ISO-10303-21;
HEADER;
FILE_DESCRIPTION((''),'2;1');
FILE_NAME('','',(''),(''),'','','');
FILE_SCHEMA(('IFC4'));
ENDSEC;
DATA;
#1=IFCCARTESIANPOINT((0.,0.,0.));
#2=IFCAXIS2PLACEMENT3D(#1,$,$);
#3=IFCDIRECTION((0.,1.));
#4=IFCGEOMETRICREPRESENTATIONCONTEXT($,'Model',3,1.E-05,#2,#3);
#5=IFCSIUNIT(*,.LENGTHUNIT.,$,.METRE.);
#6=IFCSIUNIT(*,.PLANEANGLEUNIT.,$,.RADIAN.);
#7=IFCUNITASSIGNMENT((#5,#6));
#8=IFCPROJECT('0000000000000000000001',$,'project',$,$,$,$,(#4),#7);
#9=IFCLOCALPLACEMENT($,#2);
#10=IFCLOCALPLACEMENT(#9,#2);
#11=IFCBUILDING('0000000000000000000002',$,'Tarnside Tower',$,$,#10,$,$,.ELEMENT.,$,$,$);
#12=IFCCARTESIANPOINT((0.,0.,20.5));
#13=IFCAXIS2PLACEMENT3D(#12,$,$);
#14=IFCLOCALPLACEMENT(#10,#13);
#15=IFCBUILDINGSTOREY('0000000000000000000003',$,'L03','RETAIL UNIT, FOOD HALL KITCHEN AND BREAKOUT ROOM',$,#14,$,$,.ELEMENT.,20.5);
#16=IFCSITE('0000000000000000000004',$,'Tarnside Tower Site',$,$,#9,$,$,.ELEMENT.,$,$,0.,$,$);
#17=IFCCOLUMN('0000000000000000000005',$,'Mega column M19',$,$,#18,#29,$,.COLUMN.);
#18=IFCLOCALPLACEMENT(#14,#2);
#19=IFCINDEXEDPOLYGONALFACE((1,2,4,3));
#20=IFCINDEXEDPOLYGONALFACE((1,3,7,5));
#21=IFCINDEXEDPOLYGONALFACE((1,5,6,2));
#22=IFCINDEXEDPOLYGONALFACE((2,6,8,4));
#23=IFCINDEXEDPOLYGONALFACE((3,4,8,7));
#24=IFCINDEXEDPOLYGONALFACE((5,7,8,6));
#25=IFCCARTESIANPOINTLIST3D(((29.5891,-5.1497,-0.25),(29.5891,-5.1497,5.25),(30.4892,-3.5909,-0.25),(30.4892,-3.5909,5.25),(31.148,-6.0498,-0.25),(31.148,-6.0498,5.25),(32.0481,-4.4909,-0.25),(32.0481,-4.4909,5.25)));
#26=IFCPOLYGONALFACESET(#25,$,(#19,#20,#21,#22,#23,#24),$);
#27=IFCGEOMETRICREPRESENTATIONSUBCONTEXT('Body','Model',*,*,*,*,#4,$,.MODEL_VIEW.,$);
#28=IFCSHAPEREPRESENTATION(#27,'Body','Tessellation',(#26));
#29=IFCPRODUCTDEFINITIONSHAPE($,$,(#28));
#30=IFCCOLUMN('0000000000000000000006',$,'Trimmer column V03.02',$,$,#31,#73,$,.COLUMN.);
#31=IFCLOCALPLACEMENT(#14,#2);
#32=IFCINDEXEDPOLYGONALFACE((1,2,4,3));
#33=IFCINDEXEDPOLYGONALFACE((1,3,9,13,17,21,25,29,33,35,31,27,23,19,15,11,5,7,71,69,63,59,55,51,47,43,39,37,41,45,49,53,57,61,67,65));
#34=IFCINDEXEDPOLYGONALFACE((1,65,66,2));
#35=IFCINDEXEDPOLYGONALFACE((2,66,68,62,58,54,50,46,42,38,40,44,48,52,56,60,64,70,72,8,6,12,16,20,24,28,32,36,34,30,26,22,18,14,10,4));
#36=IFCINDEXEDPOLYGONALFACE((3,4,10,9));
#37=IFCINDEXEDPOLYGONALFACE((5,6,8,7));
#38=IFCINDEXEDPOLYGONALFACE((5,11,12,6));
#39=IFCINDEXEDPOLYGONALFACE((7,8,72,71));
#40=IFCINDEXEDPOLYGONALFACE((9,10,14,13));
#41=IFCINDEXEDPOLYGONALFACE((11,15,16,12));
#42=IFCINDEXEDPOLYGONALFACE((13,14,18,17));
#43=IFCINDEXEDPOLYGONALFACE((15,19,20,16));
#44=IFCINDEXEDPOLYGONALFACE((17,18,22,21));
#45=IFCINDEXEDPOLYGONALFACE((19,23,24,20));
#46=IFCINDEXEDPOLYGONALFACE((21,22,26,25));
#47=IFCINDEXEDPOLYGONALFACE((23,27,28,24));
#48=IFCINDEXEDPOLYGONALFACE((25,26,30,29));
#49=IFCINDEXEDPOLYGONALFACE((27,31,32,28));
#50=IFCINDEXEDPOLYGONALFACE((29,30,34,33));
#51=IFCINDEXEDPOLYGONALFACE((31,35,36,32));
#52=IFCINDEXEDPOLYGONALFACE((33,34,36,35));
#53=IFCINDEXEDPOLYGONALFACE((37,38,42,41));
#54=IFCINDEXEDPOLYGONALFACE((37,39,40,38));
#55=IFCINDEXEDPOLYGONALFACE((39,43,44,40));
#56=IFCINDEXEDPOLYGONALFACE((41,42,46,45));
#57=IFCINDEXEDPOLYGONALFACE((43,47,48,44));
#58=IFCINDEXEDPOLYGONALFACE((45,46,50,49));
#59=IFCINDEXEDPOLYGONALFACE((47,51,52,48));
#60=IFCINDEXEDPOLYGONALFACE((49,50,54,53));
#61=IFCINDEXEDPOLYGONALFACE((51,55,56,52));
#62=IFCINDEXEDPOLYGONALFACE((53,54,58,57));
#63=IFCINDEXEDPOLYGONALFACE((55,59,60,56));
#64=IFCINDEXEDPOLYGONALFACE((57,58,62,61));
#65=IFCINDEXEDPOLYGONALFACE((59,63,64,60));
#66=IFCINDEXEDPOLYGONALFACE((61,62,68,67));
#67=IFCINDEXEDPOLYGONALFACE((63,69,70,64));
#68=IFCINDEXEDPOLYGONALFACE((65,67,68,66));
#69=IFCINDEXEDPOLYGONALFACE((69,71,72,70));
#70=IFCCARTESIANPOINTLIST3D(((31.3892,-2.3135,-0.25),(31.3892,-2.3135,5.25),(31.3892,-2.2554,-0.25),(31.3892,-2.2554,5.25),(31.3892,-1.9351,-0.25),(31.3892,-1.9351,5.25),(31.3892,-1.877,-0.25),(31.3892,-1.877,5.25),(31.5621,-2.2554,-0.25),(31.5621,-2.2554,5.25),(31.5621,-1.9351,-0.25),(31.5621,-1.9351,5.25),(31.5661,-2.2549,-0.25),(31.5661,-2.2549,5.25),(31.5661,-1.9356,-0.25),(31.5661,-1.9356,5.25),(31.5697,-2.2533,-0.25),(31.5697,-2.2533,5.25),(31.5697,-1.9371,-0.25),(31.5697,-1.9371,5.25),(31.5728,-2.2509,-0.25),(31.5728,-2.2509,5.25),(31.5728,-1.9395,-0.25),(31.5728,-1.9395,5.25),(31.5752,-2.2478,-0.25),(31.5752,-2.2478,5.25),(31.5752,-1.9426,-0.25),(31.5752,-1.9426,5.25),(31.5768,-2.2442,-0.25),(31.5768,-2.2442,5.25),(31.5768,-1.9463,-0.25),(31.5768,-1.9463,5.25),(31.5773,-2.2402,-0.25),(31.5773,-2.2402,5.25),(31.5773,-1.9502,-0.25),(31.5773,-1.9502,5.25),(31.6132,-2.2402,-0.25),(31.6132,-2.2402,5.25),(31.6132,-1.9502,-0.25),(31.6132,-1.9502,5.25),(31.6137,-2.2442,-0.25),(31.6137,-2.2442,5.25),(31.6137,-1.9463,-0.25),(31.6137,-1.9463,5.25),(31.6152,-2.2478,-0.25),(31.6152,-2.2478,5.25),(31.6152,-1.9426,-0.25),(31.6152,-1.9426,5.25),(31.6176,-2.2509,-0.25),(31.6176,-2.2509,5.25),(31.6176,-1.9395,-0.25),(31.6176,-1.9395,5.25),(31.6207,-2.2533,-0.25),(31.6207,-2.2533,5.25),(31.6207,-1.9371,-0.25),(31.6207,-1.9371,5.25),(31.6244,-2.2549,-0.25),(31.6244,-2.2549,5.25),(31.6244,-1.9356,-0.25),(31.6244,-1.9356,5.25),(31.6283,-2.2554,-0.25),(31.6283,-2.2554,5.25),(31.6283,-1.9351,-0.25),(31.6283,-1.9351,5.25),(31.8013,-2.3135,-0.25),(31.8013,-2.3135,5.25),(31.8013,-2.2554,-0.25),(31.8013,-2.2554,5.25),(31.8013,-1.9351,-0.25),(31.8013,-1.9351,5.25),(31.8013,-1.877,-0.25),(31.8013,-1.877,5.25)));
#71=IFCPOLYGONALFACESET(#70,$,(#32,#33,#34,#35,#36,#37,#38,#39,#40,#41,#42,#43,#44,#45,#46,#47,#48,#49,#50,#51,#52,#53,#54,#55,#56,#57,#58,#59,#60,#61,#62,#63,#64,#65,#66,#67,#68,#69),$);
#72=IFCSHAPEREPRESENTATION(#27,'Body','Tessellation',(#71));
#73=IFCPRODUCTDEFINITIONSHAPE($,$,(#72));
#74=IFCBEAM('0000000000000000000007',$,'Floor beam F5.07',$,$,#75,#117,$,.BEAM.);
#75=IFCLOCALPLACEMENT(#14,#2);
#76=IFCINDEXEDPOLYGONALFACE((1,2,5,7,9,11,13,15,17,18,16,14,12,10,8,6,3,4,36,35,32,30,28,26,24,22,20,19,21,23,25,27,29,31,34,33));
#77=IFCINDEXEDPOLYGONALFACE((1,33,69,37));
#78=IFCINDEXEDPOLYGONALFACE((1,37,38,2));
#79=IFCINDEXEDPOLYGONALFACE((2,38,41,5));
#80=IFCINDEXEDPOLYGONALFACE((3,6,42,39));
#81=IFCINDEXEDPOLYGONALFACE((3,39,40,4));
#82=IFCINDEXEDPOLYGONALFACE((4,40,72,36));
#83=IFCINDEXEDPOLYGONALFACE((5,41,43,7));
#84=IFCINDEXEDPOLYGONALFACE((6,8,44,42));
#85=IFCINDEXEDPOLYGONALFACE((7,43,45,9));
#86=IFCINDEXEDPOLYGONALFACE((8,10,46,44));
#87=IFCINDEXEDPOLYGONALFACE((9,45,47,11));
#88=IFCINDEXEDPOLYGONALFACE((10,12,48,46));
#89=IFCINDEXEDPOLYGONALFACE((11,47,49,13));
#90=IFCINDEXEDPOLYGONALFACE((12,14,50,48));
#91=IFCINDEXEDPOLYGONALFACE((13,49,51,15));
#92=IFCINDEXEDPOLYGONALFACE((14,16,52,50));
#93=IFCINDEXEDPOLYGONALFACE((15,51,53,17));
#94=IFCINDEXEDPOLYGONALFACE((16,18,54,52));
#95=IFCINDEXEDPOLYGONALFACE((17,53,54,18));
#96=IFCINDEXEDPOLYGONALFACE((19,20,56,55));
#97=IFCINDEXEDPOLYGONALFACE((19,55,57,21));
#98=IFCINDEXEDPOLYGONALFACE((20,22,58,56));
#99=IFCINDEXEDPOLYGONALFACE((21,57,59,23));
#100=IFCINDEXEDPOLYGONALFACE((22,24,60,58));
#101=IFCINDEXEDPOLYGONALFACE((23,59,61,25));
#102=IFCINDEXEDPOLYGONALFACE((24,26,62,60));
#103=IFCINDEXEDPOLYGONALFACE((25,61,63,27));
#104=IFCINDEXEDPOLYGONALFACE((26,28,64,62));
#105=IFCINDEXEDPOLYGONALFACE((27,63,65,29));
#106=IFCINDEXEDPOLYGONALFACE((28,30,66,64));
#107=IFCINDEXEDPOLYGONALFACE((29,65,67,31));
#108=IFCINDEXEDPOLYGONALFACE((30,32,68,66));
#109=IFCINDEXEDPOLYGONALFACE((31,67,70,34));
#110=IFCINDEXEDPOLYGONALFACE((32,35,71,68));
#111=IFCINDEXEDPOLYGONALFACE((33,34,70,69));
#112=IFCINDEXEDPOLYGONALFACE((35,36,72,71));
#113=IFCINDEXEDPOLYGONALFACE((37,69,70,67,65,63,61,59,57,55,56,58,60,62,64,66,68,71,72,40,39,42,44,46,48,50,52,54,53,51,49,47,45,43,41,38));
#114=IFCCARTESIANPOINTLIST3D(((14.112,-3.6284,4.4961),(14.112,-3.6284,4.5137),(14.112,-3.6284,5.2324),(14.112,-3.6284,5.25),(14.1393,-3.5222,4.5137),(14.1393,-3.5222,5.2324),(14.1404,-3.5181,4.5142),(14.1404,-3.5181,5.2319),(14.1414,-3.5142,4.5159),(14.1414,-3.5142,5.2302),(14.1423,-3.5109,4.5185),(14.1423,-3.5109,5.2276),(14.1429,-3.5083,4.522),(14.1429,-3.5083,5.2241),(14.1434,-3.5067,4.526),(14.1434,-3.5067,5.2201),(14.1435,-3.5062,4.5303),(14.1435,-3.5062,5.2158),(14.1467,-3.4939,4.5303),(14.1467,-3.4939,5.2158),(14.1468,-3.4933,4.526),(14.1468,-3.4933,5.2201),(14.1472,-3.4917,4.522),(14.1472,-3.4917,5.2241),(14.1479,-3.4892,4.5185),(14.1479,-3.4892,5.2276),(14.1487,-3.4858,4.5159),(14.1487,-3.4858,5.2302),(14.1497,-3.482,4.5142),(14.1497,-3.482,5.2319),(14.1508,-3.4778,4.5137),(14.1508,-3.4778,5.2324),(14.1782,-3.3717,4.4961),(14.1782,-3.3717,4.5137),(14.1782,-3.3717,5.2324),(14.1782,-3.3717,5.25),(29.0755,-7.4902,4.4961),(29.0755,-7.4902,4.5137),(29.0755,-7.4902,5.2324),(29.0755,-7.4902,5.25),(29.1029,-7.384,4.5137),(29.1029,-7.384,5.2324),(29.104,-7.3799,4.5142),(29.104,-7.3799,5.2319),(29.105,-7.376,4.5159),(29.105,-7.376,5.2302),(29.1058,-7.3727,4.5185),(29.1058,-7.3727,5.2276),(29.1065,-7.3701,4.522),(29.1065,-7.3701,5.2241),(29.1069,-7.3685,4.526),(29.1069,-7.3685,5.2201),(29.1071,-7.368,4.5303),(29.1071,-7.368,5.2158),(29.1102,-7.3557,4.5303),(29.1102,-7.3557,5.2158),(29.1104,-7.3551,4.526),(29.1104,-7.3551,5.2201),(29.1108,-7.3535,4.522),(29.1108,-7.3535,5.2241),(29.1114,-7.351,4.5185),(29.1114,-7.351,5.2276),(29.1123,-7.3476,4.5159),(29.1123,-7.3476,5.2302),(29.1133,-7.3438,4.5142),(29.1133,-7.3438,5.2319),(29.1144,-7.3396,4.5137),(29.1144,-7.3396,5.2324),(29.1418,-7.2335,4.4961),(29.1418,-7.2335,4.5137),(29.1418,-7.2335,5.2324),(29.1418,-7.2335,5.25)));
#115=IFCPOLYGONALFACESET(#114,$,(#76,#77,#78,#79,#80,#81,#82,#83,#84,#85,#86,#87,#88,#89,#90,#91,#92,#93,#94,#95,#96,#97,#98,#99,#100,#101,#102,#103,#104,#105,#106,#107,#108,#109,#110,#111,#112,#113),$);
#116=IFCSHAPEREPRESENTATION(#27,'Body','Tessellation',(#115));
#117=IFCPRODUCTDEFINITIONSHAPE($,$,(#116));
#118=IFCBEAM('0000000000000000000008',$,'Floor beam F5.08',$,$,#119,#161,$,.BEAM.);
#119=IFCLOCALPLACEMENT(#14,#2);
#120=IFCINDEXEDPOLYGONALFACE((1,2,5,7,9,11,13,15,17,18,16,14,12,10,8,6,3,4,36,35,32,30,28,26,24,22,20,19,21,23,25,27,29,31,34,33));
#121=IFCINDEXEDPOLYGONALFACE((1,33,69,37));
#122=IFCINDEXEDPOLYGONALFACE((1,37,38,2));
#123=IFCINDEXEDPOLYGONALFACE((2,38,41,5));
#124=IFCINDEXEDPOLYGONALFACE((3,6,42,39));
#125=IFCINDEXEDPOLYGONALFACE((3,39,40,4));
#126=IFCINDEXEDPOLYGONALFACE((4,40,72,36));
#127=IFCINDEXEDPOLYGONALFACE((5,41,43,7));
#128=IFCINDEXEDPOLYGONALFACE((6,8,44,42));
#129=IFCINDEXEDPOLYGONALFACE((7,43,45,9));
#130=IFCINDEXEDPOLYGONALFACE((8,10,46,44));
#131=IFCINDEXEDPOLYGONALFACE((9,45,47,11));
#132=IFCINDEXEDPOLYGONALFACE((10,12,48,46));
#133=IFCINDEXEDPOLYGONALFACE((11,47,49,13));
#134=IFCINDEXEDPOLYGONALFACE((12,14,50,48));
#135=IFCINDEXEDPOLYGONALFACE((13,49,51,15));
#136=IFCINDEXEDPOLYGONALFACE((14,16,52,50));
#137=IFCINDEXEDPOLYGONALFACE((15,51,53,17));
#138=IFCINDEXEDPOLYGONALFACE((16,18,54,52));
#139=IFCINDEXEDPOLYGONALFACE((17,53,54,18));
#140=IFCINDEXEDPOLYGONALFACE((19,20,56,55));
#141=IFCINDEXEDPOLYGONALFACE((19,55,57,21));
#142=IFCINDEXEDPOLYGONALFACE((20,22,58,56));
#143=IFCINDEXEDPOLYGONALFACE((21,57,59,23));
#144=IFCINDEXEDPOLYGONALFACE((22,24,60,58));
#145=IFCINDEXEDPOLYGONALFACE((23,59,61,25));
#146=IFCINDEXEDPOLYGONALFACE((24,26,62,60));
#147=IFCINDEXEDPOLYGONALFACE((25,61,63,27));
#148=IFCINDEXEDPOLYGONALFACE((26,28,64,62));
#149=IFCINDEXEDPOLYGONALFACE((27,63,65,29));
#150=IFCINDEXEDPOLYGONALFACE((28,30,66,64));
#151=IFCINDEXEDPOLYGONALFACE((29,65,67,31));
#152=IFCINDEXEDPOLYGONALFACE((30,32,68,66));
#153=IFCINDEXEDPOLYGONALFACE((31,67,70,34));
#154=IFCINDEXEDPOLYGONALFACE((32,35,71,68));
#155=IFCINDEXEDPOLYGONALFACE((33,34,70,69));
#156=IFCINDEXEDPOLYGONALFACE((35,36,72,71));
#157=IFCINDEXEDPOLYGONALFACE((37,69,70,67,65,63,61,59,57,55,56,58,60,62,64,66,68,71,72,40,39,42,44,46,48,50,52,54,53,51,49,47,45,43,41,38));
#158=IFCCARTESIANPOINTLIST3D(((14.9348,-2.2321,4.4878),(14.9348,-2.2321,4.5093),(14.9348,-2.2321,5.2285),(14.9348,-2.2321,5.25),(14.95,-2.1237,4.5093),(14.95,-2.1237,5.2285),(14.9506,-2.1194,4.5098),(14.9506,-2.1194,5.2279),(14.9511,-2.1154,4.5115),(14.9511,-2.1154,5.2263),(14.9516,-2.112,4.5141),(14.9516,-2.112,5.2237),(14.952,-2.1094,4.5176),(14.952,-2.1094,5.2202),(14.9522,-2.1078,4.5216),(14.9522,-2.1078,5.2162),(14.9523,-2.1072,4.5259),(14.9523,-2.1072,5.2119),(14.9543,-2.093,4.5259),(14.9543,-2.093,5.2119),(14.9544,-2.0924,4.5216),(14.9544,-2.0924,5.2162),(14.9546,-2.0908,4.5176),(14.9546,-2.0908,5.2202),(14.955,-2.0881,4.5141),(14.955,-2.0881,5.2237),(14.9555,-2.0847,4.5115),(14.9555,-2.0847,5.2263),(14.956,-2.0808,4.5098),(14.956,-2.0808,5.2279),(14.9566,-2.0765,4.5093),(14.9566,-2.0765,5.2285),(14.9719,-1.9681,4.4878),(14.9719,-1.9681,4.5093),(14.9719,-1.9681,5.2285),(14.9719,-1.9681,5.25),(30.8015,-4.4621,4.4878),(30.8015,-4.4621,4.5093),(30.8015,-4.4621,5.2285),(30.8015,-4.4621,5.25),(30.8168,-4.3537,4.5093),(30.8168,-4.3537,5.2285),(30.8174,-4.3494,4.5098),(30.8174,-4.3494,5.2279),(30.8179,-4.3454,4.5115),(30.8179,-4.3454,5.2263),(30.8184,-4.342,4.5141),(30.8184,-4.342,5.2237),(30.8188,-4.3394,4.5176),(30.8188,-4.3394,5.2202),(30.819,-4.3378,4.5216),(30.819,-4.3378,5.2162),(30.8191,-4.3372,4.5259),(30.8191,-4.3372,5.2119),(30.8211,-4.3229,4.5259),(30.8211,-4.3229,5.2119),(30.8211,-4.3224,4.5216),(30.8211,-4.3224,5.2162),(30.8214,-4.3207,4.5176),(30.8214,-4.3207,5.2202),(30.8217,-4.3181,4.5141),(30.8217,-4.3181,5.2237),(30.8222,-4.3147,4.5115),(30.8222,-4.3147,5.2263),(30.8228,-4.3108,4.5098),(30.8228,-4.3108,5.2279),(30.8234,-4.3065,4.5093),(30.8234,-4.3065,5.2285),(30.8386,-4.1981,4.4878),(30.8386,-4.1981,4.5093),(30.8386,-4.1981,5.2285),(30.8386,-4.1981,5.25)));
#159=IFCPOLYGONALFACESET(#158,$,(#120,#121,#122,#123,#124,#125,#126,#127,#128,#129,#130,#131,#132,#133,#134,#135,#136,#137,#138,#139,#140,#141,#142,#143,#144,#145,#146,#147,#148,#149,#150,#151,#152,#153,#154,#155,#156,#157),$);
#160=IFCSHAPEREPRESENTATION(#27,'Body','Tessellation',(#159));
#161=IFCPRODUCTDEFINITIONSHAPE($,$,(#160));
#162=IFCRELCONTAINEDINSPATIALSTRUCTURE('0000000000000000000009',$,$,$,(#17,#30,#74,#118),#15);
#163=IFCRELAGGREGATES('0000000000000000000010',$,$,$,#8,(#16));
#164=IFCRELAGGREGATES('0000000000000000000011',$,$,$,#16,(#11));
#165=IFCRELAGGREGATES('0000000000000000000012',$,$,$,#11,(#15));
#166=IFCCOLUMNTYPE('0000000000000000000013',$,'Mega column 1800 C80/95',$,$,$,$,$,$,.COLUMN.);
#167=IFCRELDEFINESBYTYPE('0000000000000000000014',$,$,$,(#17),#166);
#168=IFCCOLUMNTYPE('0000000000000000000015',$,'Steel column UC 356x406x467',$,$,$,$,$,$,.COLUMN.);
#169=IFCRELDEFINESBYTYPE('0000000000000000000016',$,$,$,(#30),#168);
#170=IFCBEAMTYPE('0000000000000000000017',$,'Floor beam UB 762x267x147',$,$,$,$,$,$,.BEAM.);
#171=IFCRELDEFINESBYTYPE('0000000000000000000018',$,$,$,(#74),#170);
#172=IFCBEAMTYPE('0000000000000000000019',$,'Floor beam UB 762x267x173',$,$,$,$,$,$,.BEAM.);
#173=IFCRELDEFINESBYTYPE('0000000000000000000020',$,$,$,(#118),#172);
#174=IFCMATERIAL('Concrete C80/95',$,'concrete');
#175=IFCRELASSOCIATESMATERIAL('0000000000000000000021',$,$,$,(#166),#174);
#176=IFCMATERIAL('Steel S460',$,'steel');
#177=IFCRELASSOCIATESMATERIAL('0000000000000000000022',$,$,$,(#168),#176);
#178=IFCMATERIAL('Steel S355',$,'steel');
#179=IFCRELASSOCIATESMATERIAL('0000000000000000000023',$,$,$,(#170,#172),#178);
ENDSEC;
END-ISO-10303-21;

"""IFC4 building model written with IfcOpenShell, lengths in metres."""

from ifc_helpers import new_model, si_unit, direction, frame, origin, origin_2d, place, context, subcontext, project, spatial, rectangle, i_section, extrude, material, material_profile, profile_set, type_object, element, save


model = new_model("IFC4")

# Units and contexts
model_context = context("Model", 3, precision=1e-05, world=origin(), true_north=direction((0.0, 1.0)))
body_context = subcontext(model_context, "Body", "Model", "MODEL_VIEW")
ifc_project = project(units=[si_unit("LENGTHUNIT", "METRE"), si_unit("PLANEANGLEUNIT", "RADIAN")], contexts=[model_context])

# Site, building, storey
site_placement = place(None, origin())
site = spatial("IfcSite", under=ifc_project, at=site_placement, Name="Tarnside Tower Site", CompositionType="ELEMENT", RefElevation=0.0)
building_placement = place(site_placement, origin())
building = spatial("IfcBuilding", under=site, at=building_placement, Name="Tarnside Tower", CompositionType="ELEMENT")
storey_placement = place(building_placement, frame((0.0, 0.0, 20.5)))
storey = spatial("IfcBuildingStorey", under=building, at=storey_placement, Name="L03", Description="RETAIL UNIT, FOOD HALL KITCHEN AND BREAKOUT ROOM", CompositionType="ELEMENT", Elevation=20.5)

# Columns
ifc_material_1 = material(Name="Concrete C80/95", Category="concrete")
ifc_material_profile_1 = material_profile(ifc_material_1, rectangle(XDim=1.8, YDim=1.8, at=origin_2d()), Name="Mega column 1800x1800")
ifc_profile_set_1 = profile_set([ifc_material_profile_1], Name="Concrete C80/95")
column_type_1 = type_object("IfcColumnType", Name="Mega column 1800 C80/95", PredefinedType="COLUMN", material=ifc_profile_set_1)
column_1_placement = place(storey_placement, frame((30.8186, -4.8203, -0.25), z_axis=(0.0, 0.0, 1.0), x_axis=(-0.5, -0.866025, 0.0)))
element("IfcColumn", 1, at=column_1_placement, inside=storey, type_object=column_type_1, Name="Mega column M19", PredefinedType="COLUMN", context=body_context, shape_type="SweptSolid", body=[
    extrude(rectangle(XDim=1.8, YDim=1.8, at=origin_2d()), origin(), (0.0, 0.0, 1.0), 5.5),
])
ifc_material_2 = material(Name="Steel S460", Category="steel")
ifc_material_profile_2 = material_profile(ifc_material_2, i_section(OverallWidth=0.4121, OverallDepth=0.4365, WebThickness=0.0359, FlangeThickness=0.0581, FilletRadius=0.0151, at=origin_2d()), Name="UC 356x406x467")
ifc_profile_set_2 = profile_set([ifc_material_profile_2], Name="Steel S460")
column_type_2 = type_object("IfcColumnType", Name="Steel column UC 356x406x467", PredefinedType="COLUMN", material=ifc_profile_set_2)
column_2_placement = place(storey_placement, frame((31.5952, -2.0952, -0.25), z_axis=(0.0, 0.0, 1.0), x_axis=(1.0, 0.0, 0.0)))
element("IfcColumn", 2, at=column_2_placement, inside=storey, type_object=column_type_2, Name="Trimmer column V03.02", PredefinedType="COLUMN", context=body_context, shape_type="SweptSolid", body=[
    extrude(i_section(OverallWidth=0.4121, OverallDepth=0.4365, WebThickness=0.0359, FlangeThickness=0.0581, FilletRadius=0.0151, at=origin_2d()), origin(), (0.0, 0.0, 1.0), 5.5),
])

# Beams
ifc_material_3 = material(Name="Steel S355", Category="steel")
ifc_material_profile_3 = material_profile(ifc_material_3, i_section(OverallWidth=0.2651, OverallDepth=0.7539, WebThickness=0.0127, FlangeThickness=0.0176, FilletRadius=0.0166, at=origin_2d()), Name="UB 762x267x147")
ifc_profile_set_3 = profile_set([ifc_material_profile_3], Name="Steel S355")
beam_type_1 = type_object("IfcBeamType", Name="Floor beam UB 762x267x147", PredefinedType="BEAM", material=ifc_profile_set_3)
beam_1_placement = place(storey_placement, frame((29.1086, -7.3618, 4.873), z_axis=(-0.968274, 0.249892, 0.0), x_axis=(-0.249892, -0.968274, 0.0)))
element("IfcBeam", 3, at=beam_1_placement, inside=storey, type_object=beam_type_1, Name="Floor beam F5.07", PredefinedType="BEAM", context=body_context, shape_type="SweptSolid", body=[
    extrude(i_section(OverallWidth=0.2651, OverallDepth=0.7539, WebThickness=0.0127, FlangeThickness=0.0176, FilletRadius=0.0166, at=origin_2d()), origin(), (0.0, 0.0, 1.0), 15.4539),
])
ifc_material_profile_4 = material_profile(ifc_material_3, i_section(OverallWidth=0.2666, OverallDepth=0.7622, WebThickness=0.0144, FlangeThickness=0.0215, FilletRadius=0.0166, at=origin_2d()), Name="UB 762x267x173")
ifc_profile_set_4 = profile_set([ifc_material_profile_4], Name="Steel S355")
beam_type_2 = type_object("IfcBeamType", Name="Floor beam UB 762x267x173", PredefinedType="BEAM", material=ifc_profile_set_4)
beam_2_placement = place(storey_placement, frame((30.8201, -4.3301, 4.8689), z_axis=(-0.990268, 0.139177, 0.0), x_axis=(-0.139177, -0.990268, 0.0)))
element("IfcBeam", 4, at=beam_2_placement, inside=storey, type_object=beam_type_2, Name="Floor beam F5.08", PredefinedType="BEAM", context=body_context, shape_type="SweptSolid", body=[
    extrude(i_section(OverallWidth=0.2666, OverallDepth=0.7622, WebThickness=0.0144, FlangeThickness=0.0215, FilletRadius=0.0166, at=origin_2d()), origin(), (0.0, 0.0, 1.0), 16.0227),
])

save(model, "model.ifc")
